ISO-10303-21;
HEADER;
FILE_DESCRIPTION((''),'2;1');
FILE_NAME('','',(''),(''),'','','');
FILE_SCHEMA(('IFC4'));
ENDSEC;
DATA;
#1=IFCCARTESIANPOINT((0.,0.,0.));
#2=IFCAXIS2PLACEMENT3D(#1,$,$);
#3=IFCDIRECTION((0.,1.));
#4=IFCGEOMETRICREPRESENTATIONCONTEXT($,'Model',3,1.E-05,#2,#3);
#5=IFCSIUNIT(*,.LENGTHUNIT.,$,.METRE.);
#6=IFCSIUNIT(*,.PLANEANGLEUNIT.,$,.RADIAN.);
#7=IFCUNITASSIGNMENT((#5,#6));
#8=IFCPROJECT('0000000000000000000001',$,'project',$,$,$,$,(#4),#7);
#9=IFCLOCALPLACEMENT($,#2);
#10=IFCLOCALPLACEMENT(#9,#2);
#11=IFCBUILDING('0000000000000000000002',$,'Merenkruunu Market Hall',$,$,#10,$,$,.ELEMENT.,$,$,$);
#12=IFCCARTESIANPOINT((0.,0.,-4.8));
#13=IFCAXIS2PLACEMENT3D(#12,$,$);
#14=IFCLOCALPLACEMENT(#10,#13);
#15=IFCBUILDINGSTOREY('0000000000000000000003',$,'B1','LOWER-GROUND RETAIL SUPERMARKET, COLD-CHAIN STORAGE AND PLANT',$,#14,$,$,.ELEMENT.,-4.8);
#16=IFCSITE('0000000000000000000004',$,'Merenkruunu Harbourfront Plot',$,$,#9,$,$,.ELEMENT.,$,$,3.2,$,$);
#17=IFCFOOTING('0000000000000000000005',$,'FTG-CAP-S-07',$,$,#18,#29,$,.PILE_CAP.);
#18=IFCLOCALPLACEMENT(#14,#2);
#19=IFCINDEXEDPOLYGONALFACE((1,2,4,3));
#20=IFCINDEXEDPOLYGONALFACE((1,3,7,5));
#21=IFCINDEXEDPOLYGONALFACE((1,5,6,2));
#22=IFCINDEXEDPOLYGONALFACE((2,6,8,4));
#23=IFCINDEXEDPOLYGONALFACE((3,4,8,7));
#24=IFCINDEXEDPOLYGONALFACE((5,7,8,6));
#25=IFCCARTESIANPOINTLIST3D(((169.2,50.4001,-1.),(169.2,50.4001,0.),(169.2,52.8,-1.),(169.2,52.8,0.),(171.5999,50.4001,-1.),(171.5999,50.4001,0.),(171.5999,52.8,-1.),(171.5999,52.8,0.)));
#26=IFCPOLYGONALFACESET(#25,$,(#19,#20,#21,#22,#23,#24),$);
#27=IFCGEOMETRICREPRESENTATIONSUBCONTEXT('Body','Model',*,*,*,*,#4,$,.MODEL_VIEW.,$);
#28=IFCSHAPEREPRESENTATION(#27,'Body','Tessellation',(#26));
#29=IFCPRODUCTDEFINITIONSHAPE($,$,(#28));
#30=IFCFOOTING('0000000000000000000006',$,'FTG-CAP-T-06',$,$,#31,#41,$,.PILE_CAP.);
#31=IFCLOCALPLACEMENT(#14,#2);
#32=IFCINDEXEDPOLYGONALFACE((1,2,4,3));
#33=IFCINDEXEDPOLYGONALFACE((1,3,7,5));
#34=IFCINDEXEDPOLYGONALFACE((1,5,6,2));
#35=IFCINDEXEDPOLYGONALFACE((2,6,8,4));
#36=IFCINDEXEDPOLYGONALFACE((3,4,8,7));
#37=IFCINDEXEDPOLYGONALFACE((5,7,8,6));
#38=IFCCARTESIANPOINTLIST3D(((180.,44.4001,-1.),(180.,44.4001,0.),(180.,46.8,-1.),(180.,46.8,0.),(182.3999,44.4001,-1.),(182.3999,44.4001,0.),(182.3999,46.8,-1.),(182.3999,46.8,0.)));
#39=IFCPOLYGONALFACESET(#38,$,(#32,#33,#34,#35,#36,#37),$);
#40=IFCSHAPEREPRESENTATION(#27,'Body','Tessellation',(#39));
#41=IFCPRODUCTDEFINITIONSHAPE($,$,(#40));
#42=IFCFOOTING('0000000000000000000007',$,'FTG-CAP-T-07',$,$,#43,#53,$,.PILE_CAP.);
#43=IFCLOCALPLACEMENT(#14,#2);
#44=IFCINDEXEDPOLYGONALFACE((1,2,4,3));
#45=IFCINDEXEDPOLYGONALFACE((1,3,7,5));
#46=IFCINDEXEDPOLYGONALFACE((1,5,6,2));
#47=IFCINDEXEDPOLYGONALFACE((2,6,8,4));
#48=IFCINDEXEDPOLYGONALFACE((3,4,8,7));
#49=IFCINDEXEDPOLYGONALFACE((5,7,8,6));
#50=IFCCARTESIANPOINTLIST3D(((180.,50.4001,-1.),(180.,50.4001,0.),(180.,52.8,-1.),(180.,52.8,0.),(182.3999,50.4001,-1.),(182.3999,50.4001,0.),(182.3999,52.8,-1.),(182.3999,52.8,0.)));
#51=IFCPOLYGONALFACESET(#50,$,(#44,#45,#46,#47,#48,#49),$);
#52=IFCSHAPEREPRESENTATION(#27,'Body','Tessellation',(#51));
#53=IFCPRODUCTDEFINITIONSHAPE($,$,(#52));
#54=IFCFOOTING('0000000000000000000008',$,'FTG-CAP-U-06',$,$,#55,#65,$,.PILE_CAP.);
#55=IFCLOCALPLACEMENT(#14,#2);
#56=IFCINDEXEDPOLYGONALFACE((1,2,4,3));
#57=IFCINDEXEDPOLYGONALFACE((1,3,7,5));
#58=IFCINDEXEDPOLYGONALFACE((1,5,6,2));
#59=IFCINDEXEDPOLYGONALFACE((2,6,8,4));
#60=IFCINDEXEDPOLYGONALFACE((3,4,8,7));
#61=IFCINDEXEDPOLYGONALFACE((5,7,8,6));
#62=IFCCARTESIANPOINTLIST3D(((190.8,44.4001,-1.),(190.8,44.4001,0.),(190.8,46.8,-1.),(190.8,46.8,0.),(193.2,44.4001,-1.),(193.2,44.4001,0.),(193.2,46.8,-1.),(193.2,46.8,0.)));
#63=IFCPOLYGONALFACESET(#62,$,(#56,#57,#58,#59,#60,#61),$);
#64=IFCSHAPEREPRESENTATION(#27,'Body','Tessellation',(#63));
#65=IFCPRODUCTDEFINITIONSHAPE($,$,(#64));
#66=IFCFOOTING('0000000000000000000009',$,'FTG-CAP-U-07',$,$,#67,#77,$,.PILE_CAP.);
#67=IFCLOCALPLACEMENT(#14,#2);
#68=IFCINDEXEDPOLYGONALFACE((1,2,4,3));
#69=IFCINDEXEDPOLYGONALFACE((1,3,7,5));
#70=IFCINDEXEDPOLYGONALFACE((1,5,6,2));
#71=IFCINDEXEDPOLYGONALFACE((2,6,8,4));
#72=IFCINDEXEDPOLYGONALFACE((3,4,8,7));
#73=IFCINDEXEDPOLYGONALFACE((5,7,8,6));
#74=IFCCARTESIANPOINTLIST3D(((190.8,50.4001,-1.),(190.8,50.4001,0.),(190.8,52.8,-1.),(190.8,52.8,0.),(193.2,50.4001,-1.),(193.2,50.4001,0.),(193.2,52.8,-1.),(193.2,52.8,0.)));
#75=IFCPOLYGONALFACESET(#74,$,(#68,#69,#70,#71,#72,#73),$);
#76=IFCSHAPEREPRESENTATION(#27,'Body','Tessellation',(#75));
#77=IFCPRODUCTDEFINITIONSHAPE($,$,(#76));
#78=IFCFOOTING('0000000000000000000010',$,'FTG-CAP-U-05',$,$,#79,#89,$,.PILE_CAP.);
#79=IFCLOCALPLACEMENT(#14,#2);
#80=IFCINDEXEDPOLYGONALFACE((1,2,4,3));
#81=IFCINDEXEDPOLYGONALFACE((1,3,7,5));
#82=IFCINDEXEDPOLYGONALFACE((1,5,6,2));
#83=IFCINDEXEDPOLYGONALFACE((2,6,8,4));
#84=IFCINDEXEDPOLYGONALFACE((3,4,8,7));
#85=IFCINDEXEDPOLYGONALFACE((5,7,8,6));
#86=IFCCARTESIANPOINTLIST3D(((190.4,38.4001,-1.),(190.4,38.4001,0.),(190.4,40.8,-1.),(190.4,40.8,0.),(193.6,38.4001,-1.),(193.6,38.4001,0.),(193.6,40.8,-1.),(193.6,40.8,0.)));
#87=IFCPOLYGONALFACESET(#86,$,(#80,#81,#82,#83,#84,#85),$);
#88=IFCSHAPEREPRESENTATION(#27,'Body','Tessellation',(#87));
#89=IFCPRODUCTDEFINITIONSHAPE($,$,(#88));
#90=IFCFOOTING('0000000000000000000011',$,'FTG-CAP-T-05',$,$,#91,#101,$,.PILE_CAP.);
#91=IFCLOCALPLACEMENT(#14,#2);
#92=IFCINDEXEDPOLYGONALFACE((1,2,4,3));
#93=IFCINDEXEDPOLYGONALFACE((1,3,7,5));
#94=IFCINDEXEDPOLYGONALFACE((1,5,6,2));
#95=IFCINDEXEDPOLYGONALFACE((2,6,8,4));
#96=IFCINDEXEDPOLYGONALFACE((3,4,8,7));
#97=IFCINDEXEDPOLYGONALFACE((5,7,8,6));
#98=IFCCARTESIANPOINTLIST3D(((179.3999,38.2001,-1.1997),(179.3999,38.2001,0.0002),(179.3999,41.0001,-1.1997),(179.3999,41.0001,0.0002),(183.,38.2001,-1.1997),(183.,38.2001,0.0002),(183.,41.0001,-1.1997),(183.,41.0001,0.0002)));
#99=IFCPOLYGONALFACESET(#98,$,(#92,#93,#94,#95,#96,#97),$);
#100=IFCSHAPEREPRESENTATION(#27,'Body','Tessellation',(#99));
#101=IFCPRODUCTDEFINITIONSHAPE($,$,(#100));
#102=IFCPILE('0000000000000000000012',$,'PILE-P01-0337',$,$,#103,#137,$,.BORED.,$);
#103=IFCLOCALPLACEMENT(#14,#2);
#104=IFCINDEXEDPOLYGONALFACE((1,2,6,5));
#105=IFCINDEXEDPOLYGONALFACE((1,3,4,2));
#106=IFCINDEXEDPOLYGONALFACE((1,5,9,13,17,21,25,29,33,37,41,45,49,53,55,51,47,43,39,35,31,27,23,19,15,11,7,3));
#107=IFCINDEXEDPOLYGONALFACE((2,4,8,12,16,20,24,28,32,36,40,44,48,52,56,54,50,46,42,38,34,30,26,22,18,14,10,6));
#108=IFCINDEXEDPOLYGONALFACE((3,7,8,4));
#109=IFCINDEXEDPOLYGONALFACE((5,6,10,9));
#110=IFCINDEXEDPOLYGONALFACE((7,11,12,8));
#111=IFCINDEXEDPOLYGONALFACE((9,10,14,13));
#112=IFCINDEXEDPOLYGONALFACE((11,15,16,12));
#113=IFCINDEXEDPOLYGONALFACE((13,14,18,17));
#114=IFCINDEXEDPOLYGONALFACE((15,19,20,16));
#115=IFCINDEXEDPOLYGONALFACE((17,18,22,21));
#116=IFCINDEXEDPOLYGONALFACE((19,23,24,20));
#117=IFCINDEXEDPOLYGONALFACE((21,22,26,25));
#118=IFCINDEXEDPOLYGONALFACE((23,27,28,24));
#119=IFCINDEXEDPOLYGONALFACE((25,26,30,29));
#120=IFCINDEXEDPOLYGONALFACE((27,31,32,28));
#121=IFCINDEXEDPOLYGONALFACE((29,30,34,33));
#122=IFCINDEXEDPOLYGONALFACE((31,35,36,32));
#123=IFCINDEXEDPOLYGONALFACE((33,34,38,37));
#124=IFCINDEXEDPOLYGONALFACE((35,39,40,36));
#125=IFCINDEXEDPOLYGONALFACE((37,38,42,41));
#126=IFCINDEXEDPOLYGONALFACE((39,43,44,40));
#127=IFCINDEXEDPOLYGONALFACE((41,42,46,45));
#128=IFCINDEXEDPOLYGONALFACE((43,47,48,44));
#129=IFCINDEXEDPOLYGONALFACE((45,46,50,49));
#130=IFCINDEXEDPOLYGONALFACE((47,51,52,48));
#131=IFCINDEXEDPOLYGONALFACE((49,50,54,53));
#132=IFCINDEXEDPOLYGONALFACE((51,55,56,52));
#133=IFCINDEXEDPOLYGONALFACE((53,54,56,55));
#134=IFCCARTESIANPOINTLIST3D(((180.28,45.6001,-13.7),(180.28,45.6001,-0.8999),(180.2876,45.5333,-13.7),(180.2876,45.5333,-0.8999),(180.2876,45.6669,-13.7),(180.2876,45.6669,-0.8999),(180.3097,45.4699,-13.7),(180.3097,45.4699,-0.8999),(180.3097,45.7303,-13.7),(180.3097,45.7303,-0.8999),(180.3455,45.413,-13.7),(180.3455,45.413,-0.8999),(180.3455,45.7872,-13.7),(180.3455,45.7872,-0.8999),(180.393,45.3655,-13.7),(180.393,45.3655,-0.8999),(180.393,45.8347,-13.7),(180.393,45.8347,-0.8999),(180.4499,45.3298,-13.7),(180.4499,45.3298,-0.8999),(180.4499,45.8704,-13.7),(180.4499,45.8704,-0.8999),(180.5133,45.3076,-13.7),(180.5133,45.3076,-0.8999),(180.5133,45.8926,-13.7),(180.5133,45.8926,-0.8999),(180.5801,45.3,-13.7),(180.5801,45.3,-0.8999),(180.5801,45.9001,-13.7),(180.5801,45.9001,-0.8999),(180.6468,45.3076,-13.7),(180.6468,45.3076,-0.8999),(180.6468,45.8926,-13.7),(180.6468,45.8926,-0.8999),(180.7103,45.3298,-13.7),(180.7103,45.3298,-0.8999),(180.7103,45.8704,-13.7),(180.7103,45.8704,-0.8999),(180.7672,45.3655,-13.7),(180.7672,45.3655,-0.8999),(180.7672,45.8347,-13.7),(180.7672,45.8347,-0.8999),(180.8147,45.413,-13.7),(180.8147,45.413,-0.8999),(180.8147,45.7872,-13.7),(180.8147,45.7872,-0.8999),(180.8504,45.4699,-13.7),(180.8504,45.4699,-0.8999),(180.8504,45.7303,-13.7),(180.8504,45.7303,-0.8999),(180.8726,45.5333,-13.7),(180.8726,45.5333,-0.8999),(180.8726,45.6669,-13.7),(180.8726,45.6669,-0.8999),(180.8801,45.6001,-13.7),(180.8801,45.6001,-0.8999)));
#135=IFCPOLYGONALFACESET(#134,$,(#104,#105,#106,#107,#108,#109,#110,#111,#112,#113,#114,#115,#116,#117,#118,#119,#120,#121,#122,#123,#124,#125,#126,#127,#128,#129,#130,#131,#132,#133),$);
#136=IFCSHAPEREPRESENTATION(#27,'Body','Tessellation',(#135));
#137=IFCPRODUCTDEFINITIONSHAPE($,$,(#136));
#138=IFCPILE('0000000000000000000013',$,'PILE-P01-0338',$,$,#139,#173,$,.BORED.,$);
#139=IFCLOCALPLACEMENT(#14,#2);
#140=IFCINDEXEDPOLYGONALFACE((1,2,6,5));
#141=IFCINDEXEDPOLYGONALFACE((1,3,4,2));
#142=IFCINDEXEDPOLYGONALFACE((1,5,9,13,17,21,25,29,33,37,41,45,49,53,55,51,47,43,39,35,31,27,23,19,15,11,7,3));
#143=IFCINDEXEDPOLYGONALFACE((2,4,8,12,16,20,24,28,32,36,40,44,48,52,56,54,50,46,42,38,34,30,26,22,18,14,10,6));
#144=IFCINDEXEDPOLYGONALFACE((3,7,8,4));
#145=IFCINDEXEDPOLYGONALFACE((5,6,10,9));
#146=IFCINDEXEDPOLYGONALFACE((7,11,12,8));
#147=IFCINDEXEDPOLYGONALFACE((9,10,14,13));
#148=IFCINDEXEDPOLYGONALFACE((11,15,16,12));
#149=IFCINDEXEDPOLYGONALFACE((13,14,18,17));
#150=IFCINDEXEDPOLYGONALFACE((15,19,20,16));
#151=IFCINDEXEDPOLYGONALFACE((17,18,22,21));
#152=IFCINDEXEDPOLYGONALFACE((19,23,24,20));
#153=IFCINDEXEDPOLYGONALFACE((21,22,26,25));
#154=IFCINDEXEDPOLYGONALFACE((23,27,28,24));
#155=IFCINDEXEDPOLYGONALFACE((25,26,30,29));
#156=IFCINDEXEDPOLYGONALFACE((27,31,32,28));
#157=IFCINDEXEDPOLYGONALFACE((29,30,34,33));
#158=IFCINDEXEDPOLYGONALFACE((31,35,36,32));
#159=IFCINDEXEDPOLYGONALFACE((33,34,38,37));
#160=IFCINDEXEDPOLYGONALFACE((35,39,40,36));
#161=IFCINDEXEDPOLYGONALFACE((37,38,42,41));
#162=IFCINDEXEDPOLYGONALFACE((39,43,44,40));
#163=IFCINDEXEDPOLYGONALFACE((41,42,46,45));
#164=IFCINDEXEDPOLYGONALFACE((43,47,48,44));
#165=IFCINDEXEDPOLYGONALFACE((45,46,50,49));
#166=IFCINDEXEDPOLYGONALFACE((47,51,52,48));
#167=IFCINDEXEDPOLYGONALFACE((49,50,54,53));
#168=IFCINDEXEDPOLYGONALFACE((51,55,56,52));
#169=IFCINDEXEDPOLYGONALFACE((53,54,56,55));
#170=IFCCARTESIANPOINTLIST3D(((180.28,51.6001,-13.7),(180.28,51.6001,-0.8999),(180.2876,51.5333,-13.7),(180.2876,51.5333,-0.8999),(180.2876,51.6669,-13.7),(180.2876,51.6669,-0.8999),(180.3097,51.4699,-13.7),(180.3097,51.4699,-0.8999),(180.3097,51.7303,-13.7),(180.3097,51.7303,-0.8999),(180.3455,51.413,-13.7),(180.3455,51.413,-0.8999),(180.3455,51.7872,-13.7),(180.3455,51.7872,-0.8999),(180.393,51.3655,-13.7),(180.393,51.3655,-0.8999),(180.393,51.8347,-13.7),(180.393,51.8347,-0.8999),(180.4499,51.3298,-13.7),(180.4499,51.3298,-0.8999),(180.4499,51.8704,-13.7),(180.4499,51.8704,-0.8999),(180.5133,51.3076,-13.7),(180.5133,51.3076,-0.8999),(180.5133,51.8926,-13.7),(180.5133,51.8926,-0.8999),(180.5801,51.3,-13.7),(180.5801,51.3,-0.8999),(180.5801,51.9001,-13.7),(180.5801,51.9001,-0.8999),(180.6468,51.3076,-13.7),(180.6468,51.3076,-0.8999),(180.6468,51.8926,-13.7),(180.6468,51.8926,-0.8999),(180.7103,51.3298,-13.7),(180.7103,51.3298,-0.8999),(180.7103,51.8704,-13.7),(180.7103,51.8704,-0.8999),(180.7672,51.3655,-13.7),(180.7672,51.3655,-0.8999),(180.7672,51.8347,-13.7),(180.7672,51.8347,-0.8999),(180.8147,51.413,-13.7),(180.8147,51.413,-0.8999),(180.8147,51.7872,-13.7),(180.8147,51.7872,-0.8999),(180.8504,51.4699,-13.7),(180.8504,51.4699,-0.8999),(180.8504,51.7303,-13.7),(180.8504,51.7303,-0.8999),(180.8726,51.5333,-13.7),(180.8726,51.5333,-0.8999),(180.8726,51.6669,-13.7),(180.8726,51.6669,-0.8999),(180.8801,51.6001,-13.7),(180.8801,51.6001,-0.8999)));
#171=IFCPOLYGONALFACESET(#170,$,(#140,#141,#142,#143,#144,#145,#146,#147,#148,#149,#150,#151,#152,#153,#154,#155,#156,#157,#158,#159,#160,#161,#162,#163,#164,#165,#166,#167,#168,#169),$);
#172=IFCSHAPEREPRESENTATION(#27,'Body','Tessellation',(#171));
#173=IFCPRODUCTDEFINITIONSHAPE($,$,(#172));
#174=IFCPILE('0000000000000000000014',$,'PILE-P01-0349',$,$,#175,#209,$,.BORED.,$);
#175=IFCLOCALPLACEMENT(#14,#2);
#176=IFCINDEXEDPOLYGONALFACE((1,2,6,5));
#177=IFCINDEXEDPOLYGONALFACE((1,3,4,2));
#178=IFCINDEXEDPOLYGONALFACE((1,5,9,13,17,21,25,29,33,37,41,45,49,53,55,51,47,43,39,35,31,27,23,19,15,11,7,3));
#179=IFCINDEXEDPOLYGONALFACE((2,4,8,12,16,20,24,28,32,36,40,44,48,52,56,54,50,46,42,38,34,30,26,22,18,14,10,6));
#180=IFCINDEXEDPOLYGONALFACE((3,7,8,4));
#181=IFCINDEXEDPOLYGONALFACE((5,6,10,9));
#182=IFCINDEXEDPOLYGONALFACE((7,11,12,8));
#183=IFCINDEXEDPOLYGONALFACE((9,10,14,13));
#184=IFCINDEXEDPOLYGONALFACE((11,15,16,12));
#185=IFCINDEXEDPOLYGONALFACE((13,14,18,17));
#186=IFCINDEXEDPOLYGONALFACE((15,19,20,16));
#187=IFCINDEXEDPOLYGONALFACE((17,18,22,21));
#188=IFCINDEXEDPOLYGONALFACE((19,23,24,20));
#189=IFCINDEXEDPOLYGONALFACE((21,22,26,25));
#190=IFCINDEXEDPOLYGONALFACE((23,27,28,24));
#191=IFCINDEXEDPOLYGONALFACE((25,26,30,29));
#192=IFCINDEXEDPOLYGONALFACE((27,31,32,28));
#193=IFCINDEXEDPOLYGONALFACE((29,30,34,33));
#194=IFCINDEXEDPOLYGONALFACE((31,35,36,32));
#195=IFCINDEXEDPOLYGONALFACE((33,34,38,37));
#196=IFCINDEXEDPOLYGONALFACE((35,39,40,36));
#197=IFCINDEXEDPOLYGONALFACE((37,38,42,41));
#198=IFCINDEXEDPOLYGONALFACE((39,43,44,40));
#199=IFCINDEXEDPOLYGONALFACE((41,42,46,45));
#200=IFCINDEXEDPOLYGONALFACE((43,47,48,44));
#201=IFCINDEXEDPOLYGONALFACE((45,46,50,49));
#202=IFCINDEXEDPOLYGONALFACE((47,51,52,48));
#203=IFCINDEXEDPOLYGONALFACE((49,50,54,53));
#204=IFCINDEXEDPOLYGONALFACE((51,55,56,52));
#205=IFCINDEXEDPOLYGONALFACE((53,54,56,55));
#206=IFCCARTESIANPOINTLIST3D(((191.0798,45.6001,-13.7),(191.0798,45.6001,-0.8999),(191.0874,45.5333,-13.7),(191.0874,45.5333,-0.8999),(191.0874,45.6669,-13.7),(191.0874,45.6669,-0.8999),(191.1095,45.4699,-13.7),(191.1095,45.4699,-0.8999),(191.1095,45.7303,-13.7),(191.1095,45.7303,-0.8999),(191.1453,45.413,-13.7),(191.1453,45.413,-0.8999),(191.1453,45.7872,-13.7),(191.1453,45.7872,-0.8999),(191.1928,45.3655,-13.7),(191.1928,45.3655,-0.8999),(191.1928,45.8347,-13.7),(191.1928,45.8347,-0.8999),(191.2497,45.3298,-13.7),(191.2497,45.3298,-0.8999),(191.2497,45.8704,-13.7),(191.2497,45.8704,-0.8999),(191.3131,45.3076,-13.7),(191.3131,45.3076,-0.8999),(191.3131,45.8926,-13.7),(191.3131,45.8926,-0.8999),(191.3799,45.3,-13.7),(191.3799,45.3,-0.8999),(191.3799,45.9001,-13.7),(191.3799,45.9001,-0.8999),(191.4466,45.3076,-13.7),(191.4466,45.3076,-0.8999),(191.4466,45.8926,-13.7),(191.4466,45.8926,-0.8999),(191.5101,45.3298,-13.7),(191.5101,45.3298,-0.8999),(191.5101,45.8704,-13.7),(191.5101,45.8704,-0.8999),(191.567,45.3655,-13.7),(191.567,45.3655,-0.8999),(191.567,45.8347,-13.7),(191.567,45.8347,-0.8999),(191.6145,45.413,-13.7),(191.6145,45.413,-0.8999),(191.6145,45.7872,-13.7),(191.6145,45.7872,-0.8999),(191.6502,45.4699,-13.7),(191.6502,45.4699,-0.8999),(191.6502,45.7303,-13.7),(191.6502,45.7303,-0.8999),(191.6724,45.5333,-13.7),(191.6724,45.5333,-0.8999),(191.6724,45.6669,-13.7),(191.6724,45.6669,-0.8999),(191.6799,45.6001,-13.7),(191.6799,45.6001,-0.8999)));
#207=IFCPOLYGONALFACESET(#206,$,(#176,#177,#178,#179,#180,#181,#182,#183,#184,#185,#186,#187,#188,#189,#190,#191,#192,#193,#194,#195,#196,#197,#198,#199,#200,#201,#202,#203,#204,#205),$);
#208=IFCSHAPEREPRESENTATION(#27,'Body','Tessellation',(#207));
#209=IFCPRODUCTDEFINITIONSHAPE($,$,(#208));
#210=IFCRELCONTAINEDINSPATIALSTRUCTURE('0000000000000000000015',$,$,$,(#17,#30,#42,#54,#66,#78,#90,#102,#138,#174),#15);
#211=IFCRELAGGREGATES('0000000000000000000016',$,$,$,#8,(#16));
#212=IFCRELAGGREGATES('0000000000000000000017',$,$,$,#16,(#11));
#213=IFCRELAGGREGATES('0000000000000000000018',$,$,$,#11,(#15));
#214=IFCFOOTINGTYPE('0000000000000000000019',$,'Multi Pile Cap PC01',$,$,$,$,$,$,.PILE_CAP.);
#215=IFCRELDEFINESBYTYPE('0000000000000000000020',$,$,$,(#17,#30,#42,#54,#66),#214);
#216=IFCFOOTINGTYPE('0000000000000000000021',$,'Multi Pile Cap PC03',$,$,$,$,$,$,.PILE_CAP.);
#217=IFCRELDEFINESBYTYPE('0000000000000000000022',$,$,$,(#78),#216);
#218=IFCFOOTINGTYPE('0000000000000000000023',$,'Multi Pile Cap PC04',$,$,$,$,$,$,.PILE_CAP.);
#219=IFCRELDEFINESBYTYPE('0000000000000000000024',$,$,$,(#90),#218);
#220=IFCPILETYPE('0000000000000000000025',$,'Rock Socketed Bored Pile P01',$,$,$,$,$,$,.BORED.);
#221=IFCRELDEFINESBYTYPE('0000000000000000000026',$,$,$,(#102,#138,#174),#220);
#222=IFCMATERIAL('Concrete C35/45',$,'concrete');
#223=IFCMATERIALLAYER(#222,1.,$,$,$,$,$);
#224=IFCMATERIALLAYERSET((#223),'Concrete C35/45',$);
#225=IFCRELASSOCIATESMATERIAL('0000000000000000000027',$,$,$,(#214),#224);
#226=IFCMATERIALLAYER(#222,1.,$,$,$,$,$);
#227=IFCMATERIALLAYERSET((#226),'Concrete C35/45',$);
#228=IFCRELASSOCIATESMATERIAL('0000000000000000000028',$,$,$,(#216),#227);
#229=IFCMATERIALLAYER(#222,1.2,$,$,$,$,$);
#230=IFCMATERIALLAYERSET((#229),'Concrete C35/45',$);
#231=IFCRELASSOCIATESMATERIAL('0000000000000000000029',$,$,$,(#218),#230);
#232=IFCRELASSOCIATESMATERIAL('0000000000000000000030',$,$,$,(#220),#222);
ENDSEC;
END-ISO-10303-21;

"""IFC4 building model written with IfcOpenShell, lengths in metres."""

from ifc_helpers import new_model, si_unit, direction, frame, origin, origin_2d, place, context, subcontext, project, spatial, rectangle, circle, extrude, material, layer, layer_set, material_profile, profile_set, type_object, element, save


model = new_model("IFC4")

# Units and contexts
model_context = context("Model", 3, precision=1e-05, world=origin(), true_north=direction((0.0, 1.0)))
body_context = subcontext(model_context, "Body", "Model", "MODEL_VIEW")
ifc_project = project(units=[si_unit("LENGTHUNIT", "METRE"), si_unit("PLANEANGLEUNIT", "RADIAN")], contexts=[model_context])

# Site, building, storey
site_placement = place(None, origin())
site = spatial("IfcSite", under=ifc_project, at=site_placement, Name="Merenkruunu Harbourfront Plot", CompositionType="ELEMENT", RefElevation=3.2)
building_placement = place(site_placement, origin())
building = spatial("IfcBuilding", under=site, at=building_placement, Name="Merenkruunu Market Hall", CompositionType="ELEMENT")
storey_placement = place(building_placement, frame((0.0, 0.0, -4.8)))
storey = spatial("IfcBuildingStorey", under=building, at=storey_placement, Name="B1", Description="LOWER-GROUND RETAIL SUPERMARKET, COLD-CHAIN STORAGE AND PLANT", CompositionType="ELEMENT", Elevation=-4.8)

# Footings
ifc_material = material(Name="Concrete C35/45", Category="concrete")
ifc_layer_1 = layer(ifc_material, 1.0)
ifc_layer_set_1 = layer_set([ifc_layer_1], Name="Concrete C35/45")
footing_type_1 = type_object("IfcFootingType", Name="Multi Pile Cap PC01", PredefinedType="PILE_CAP", material=ifc_layer_set_1)
for number, where, z_axis, x_axis, name in (
    (1, (170.3999, 51.6001, -1.0), (0.0, 0.0, 1.0), (1.0, 0.0, 0.0), "FTG-CAP-S-07"),
    (2, (181.2, 45.6001, -1.0), (0.0, 0.0, 1.0), (1.0, 0.0, 0.0), "FTG-CAP-T-06"),
    (3, (181.2, 51.6001, -1.0), (0.0, 0.0, 1.0), (1.0, 0.0, 0.0), "FTG-CAP-T-07"),
    (4, (192.0, 45.6001, -1.0), (0.0, 0.0, 1.0), (1.0, 0.0, 0.0), "FTG-CAP-U-06"),
    (5, (192.0, 51.6001, -1.0), (0.0, 0.0, 1.0), (1.0, 0.0, 0.0), "FTG-CAP-U-07"),
):
    element("IfcFooting", number, at=place(storey_placement, frame(where, z_axis=z_axis, x_axis=x_axis)), inside=storey, type_object=footing_type_1, Name=name, PredefinedType="PILE_CAP", context=body_context, shape_type="SweptSolid", body=[
        extrude(rectangle(XDim=2.3999, YDim=2.3999, at=origin_2d()), origin(), (0.0, 0.0, 1.0), 1.0),
    ])
ifc_layer_2 = layer(ifc_material, 1.0)
ifc_layer_set_2 = layer_set([ifc_layer_2], Name="Concrete C35/45")
footing_type_2 = type_object("IfcFootingType", Name="Multi Pile Cap PC03", PredefinedType="PILE_CAP", material=ifc_layer_set_2)
footing_1_placement = place(storey_placement, frame((192.0, 39.6001, -1.0), z_axis=(0.0, 0.0, 1.0), x_axis=(1.0, 0.0, 0.0)))
element("IfcFooting", 6, at=footing_1_placement, inside=storey, type_object=footing_type_2, Name="FTG-CAP-U-05", PredefinedType="PILE_CAP", context=body_context, shape_type="SweptSolid", body=[
    extrude(rectangle(XDim=3.2, YDim=2.3999, at=origin_2d()), origin(), (0.0, 0.0, 1.0), 1.0),
])
ifc_layer_3 = layer(ifc_material, 1.2)
ifc_layer_set_3 = layer_set([ifc_layer_3], Name="Concrete C35/45")
footing_type_3 = type_object("IfcFootingType", Name="Multi Pile Cap PC04", PredefinedType="PILE_CAP", material=ifc_layer_set_3)
footing_2_placement = place(storey_placement, frame((181.2, 39.6001, -1.1997), z_axis=(0.0, 0.0, 1.0), x_axis=(1.0, 0.0, 0.0)))
element("IfcFooting", 7, at=footing_2_placement, inside=storey, type_object=footing_type_3, Name="FTG-CAP-T-05", PredefinedType="PILE_CAP", context=body_context, shape_type="SweptSolid", body=[
    extrude(rectangle(XDim=3.6001, YDim=2.8, at=origin_2d()), origin(), (0.0, 0.0, 1.0), 1.2),
])

# Piles
ifc_material_profile_1 = material_profile(ifc_material, circle(Radius=0.3, at=origin_2d()), Name="BORED PILE 600")
ifc_profile_set_1 = profile_set([ifc_material_profile_1], Name="Concrete C35/45")
pile_type_1 = type_object("IfcPileType", Name="Rock Socketed Bored Pile P01", PredefinedType="BORED", material=ifc_profile_set_1)
for number, where, z_axis, x_axis, name in (
    (8, (180.5801, 45.6001, -0.8999), (0.0, 0.0, -1.0), (1.0, 0.0, 0.0), "PILE-P01-0337"),
    (9, (180.5801, 51.6001, -0.8999), (0.0, 0.0, -1.0), (1.0, 0.0, 0.0), "PILE-P01-0338"),
    (10, (191.3799, 45.6001, -0.8999), (0.0, 0.0, -1.0), (1.0, 0.0, 0.0), "PILE-P01-0349"),
):
    element("IfcPile", number, at=place(storey_placement, frame(where, z_axis=z_axis, x_axis=x_axis)), inside=storey, type_object=pile_type_1, Name=name, PredefinedType="BORED", context=body_context, shape_type="SweptSolid", body=[
        extrude(circle(Radius=0.3, at=origin_2d()), origin(), (0.0, 0.0, 1.0), 12.8),
    ])

save(model, "model.ifc")
